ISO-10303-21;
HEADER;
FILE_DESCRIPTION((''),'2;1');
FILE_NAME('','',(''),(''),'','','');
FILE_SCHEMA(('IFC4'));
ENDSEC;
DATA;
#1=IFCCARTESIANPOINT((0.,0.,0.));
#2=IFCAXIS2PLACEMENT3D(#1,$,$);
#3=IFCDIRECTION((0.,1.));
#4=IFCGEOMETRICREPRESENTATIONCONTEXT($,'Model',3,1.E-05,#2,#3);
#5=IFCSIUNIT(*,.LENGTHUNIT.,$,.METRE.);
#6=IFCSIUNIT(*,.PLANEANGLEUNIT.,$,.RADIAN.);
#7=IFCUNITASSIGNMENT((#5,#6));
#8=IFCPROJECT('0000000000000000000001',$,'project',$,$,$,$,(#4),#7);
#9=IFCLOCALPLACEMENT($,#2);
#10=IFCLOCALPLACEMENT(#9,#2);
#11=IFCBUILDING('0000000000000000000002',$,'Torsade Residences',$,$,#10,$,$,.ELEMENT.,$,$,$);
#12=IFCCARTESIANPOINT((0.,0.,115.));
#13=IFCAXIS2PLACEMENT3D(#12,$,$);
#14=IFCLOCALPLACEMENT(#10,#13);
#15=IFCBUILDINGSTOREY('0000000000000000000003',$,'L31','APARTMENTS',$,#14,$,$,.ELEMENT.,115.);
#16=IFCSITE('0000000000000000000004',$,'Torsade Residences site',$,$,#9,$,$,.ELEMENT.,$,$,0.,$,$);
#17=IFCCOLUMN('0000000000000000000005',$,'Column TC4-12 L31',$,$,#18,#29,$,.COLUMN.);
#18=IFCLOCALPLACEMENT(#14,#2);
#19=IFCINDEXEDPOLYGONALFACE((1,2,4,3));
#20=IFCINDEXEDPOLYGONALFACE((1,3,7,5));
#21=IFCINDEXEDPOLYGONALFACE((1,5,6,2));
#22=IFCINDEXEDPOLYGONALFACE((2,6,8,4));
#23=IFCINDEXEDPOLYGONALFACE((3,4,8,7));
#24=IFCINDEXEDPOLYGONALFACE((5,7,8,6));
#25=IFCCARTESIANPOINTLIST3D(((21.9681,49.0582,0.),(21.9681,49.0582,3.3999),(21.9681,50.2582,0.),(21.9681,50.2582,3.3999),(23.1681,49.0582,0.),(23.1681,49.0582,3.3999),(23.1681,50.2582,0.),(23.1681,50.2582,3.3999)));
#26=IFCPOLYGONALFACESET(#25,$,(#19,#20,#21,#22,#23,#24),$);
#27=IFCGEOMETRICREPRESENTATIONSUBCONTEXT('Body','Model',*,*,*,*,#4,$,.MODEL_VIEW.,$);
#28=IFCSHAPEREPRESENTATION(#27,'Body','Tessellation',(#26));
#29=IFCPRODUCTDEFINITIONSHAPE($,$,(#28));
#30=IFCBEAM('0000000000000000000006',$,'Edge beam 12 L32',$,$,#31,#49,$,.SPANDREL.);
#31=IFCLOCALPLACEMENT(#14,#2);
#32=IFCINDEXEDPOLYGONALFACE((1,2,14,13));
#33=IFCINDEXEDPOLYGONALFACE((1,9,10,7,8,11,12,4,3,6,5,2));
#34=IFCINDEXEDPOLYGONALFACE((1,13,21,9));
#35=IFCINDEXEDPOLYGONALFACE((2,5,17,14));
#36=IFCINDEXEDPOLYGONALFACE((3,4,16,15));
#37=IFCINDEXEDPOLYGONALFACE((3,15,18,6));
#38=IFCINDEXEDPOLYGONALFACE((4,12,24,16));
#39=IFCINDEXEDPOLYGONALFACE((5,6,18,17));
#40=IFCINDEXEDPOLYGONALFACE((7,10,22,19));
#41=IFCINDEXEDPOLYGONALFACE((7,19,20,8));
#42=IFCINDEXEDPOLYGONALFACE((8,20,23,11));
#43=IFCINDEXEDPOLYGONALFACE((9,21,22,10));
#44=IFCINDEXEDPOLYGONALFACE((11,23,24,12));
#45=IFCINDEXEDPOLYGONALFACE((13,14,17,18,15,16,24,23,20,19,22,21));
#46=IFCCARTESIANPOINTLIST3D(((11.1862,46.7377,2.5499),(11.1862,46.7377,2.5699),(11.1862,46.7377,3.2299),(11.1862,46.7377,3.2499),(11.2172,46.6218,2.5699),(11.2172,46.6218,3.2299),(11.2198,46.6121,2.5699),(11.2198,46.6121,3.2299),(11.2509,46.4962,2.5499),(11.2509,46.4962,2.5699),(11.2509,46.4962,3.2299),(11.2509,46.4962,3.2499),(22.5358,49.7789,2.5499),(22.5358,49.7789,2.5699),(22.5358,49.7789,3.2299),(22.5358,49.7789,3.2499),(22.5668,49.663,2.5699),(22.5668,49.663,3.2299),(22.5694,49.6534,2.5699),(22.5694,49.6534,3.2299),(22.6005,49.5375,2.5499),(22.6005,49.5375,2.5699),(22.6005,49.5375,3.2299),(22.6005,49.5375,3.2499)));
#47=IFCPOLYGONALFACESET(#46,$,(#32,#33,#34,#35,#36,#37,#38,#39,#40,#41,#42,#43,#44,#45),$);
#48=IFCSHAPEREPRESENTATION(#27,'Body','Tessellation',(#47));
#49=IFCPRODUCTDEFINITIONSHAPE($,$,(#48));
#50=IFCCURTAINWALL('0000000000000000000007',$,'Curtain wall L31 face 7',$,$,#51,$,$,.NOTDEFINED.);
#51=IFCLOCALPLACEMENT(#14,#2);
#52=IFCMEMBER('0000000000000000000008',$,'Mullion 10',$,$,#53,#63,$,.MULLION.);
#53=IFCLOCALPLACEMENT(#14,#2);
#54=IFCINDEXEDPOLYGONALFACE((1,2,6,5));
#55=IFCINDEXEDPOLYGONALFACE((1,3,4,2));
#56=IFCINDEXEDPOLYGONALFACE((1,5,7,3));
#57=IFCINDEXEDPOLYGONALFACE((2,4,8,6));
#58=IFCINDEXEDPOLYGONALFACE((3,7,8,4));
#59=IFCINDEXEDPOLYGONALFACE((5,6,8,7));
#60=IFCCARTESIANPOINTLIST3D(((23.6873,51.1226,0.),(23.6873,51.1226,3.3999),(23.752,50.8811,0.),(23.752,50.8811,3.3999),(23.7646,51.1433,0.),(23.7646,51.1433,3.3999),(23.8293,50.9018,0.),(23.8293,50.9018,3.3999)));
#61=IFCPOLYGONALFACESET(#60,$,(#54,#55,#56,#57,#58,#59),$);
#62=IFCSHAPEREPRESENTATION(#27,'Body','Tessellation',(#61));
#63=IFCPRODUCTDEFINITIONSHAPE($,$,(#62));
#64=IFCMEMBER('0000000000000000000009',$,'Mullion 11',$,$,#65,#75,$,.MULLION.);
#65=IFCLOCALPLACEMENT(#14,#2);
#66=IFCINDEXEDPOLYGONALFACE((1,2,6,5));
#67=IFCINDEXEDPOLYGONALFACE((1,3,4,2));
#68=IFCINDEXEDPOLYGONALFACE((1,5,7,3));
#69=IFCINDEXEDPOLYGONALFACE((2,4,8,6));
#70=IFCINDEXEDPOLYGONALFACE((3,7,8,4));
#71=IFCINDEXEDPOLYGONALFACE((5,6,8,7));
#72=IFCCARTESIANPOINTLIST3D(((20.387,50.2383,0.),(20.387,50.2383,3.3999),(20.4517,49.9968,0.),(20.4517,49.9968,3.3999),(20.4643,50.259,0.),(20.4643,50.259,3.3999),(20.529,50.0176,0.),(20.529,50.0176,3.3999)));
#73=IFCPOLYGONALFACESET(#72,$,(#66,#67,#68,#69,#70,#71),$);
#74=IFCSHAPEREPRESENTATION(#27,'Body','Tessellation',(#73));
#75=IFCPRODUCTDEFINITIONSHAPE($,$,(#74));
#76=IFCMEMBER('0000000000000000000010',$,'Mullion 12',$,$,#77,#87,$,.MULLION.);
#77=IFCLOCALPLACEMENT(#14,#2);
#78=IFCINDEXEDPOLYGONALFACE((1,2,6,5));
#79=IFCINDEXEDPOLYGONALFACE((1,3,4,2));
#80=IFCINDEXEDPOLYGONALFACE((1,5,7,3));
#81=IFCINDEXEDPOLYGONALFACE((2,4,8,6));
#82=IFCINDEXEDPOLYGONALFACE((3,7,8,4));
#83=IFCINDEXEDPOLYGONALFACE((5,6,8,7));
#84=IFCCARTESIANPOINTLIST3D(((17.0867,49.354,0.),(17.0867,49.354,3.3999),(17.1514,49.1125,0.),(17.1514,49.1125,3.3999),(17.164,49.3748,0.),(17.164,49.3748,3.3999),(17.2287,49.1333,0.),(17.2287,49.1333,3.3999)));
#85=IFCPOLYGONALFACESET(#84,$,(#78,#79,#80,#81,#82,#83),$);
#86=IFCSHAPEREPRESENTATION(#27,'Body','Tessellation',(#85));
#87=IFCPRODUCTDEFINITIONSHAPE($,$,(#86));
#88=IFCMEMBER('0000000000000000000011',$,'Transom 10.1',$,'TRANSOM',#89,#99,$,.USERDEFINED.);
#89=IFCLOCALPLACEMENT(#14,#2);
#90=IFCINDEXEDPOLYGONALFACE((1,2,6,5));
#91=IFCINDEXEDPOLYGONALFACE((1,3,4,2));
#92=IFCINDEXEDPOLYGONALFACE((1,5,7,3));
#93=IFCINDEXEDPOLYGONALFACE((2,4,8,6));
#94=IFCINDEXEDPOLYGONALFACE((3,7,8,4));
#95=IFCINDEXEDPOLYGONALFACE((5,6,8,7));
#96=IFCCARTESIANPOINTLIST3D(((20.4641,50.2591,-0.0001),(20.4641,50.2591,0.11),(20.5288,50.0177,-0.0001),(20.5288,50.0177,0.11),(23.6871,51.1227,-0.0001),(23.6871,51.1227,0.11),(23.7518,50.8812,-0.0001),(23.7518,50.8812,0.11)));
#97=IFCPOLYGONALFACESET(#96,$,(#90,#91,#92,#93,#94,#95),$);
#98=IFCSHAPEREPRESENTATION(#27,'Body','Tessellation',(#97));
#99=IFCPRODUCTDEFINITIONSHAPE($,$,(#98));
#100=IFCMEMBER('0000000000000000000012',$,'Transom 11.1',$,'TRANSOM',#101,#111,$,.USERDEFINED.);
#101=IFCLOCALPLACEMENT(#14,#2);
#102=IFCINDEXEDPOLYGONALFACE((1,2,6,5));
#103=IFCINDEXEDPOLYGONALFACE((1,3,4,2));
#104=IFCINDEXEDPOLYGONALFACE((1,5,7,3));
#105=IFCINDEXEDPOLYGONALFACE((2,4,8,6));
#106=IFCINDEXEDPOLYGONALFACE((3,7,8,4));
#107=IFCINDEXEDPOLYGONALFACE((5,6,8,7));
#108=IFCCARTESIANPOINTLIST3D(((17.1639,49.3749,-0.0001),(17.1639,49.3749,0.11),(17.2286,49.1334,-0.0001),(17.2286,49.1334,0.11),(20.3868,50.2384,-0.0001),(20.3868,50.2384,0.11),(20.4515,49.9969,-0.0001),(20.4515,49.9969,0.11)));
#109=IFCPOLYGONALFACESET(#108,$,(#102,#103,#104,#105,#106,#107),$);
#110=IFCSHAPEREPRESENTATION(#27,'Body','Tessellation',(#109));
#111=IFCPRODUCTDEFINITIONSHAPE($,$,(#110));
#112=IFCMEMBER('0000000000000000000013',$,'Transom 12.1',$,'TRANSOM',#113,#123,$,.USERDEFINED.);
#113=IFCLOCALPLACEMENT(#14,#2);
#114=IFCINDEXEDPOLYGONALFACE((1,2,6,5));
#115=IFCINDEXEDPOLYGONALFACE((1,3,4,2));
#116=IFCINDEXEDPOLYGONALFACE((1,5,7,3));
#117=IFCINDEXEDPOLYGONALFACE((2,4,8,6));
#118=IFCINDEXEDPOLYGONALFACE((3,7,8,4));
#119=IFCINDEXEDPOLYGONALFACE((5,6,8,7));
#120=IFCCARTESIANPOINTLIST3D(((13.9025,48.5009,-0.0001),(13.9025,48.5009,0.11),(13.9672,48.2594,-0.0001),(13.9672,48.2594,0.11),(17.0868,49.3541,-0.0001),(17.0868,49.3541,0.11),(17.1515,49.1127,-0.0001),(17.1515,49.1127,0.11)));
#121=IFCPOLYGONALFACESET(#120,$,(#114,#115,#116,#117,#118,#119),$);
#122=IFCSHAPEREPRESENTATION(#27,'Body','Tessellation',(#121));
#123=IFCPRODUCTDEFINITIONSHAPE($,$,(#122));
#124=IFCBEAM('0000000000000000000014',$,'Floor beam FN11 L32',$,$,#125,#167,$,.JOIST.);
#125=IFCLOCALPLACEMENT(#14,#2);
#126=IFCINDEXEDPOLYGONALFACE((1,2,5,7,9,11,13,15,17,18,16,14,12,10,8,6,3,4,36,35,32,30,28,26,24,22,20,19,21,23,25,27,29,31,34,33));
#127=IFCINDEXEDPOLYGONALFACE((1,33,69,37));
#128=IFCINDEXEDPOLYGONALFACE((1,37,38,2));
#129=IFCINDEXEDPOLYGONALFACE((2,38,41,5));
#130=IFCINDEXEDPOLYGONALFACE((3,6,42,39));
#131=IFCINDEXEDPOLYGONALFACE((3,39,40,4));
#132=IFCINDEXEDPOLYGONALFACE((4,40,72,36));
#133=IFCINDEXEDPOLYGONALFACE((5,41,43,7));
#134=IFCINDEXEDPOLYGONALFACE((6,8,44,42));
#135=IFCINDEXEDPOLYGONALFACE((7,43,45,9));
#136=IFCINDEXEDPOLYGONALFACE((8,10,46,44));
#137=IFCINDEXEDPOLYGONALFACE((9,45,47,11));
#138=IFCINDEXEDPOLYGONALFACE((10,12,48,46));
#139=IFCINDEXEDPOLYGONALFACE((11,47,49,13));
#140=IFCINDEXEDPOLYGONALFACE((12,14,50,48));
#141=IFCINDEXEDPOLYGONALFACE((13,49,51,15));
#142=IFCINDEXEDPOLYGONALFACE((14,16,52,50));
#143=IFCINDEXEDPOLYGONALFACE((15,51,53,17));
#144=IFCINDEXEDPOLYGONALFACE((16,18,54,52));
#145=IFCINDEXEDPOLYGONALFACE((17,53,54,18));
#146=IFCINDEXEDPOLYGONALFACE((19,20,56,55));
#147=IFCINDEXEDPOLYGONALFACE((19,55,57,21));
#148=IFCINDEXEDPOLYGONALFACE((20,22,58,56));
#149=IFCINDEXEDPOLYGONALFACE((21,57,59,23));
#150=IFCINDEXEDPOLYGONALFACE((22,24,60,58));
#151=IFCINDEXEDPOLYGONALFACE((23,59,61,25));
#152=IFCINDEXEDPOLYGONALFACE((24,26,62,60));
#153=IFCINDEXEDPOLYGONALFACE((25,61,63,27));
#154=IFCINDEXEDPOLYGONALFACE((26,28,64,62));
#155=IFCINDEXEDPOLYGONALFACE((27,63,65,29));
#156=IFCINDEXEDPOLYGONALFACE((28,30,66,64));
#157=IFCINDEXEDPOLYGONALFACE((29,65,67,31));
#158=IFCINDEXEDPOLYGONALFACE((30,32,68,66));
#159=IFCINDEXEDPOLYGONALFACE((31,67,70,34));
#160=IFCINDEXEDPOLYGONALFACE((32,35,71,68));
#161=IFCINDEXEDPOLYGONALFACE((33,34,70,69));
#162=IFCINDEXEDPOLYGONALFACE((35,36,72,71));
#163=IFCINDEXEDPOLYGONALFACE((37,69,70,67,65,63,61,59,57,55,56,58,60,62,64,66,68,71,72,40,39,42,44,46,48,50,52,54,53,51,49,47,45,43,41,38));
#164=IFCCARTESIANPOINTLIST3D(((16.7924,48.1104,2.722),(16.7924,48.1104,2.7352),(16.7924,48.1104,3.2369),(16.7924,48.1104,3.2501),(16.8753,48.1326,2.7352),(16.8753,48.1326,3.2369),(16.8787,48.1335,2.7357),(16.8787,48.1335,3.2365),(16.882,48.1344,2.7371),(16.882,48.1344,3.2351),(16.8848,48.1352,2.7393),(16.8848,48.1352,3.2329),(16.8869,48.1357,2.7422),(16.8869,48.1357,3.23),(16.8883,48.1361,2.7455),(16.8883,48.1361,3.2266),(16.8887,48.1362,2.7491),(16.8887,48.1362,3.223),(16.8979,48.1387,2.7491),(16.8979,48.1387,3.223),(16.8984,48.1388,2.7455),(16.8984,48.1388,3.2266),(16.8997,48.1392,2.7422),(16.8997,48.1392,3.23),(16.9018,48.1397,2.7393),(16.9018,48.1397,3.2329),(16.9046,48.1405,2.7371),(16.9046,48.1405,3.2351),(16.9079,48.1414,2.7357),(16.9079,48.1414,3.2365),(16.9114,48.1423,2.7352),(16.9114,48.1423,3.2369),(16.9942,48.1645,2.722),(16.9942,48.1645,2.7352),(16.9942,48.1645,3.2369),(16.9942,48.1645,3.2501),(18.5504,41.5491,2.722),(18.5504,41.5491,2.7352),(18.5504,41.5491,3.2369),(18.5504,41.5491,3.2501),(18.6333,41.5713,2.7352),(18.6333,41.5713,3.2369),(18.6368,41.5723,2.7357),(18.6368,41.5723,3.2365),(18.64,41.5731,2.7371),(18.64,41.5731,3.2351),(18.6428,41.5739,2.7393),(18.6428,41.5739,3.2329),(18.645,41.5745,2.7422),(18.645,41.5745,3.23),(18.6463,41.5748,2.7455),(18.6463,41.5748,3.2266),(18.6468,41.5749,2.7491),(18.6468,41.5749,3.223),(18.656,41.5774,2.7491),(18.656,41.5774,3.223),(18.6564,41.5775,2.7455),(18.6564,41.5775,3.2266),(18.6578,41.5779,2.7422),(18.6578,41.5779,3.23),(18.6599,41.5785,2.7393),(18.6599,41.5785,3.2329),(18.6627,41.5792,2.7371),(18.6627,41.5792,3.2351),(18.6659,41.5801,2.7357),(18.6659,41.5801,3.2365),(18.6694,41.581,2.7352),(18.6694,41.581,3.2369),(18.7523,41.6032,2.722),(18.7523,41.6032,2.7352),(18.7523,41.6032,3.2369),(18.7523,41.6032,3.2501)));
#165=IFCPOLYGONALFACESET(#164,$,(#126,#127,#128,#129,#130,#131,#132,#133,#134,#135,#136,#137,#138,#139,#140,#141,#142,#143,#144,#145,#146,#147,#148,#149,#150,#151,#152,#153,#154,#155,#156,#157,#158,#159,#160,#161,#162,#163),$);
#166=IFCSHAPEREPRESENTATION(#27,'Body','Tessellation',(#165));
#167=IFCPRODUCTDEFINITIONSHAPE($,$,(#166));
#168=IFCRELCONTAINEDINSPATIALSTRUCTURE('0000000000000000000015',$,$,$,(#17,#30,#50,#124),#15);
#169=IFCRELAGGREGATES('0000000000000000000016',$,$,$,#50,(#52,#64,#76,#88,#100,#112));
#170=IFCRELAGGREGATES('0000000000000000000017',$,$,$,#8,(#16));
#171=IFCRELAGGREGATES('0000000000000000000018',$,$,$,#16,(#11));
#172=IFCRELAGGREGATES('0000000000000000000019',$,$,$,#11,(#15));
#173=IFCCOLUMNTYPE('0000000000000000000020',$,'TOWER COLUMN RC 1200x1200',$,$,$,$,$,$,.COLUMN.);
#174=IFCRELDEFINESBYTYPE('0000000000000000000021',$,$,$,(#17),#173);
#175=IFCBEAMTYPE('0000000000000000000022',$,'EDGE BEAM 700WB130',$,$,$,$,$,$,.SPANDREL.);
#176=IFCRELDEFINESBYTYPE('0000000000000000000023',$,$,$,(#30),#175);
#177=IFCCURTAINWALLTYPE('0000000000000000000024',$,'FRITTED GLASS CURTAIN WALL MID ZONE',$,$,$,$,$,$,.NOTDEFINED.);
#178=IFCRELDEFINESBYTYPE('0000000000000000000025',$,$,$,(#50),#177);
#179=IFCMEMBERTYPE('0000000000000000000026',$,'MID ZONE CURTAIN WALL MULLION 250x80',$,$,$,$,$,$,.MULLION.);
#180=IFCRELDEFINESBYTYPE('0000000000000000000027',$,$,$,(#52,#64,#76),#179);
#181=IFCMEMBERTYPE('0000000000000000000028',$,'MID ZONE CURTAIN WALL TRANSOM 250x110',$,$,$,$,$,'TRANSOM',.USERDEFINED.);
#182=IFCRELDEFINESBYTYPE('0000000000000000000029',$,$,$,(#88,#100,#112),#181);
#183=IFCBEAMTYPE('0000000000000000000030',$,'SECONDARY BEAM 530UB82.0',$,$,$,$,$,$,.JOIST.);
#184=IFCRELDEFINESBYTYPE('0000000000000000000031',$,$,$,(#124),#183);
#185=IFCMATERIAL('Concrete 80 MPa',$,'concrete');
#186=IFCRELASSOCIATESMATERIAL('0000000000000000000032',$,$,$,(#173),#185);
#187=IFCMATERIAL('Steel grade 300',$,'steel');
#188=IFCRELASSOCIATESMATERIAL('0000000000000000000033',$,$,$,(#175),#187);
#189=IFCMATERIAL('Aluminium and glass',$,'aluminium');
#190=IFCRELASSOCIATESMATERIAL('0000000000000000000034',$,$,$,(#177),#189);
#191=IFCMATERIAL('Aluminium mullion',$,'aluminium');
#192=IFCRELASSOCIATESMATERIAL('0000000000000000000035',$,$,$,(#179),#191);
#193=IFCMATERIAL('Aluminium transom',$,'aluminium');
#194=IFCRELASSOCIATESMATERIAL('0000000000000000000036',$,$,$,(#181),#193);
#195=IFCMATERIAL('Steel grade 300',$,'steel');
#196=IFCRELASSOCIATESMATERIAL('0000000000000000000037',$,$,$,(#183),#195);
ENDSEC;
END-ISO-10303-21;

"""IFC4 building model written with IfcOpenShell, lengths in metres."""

from ifc_helpers import new_model, si_unit, direction, frame, origin, origin_2d, place, context, subcontext, project, spatial, rectangle, i_section, extrude, material, material_profile, profile_set, type_object, element, aggregate, save


model = new_model("IFC4")

# Units and contexts
model_context = context("Model", 3, precision=1e-05, world=origin(), true_north=direction((0.0, 1.0)))
body_context = subcontext(model_context, "Body", "Model", "MODEL_VIEW")
ifc_project = project(units=[si_unit("LENGTHUNIT", "METRE"), si_unit("PLANEANGLEUNIT", "RADIAN")], contexts=[model_context])

# Site, building, storey
site_placement = place(None, origin())
site = spatial("IfcSite", under=ifc_project, at=site_placement, Name="Torsade Residences site", CompositionType="ELEMENT", RefElevation=0.0)
building_placement = place(site_placement, origin())
building = spatial("IfcBuilding", under=site, at=building_placement, Name="Torsade Residences", CompositionType="ELEMENT")
storey_placement = place(building_placement, frame((0.0, 0.0, 115.0)))
storey = spatial("IfcBuildingStorey", under=building, at=storey_placement, Name="L31", Description="APARTMENTS", CompositionType="ELEMENT", Elevation=115.0)

# Column
ifc_material_1 = material(Name="Concrete 80 MPa", Category="concrete")
ifc_material_profile_1 = material_profile(ifc_material_1, rectangle(XDim=1.2, YDim=1.2, at=origin_2d()), Name="RC 1200x1200")
ifc_profile_set_1 = profile_set([ifc_material_profile_1], Name="Concrete 80 MPa")
column_type = type_object("IfcColumnType", Name="TOWER COLUMN RC 1200x1200", PredefinedType="COLUMN", material=ifc_profile_set_1)
column_placement = place(storey_placement, frame((22.5681, 49.6582, 0.0), z_axis=(0.0, 0.0, 1.0), x_axis=(1.0, 0.0, 0.0)))
element("IfcColumn", 1, at=column_placement, inside=storey, type_object=column_type, Name="Column TC4-12 L31", PredefinedType="COLUMN", context=body_context, shape_type="SweptSolid", body=[
    extrude(rectangle(XDim=1.2, YDim=1.2, at=origin_2d()), origin(), (0.0, 0.0, 1.0), 3.3999),
])

# Beam
ifc_material_2 = material(Name="Steel grade 300", Category="steel")
ifc_material_profile_2 = material_profile(ifc_material_2, i_section(OverallWidth=0.25, OverallDepth=0.7, WebThickness=0.01, FlangeThickness=0.02, at=origin_2d()), Name="700WB130")
ifc_profile_set_2 = profile_set([ifc_material_profile_2], Name="Steel grade 300")
beam_type_1 = type_object("IfcBeamType", Name="EDGE BEAM 700WB130", PredefinedType="SPANDREL", material=ifc_profile_set_2)
beam_1_placement = place(storey_placement, frame((22.5681, 49.6582, 2.8999), z_axis=(-0.965923, -0.25883, 0.0), x_axis=(0.25883, -0.965923, 0.0)))
element("IfcBeam", 2, at=beam_1_placement, inside=storey, type_object=beam_type_1, Name="Edge beam 12 L32", PredefinedType="SPANDREL", context=body_context, shape_type="SweptSolid", body=[
    extrude(i_section(OverallWidth=0.25, OverallDepth=0.7, WebThickness=0.01, FlangeThickness=0.02, at=origin_2d()), origin(), (0.0, 0.0, 1.0), 11.75),
])

# Curtain wall, members
ifc_material_3 = material(Name="Aluminium and glass", Category="aluminium")
curtain_wall_type = type_object("IfcCurtainWallType", Name="FRITTED GLASS CURTAIN WALL MID ZONE", PredefinedType="NOTDEFINED", material=ifc_material_3)
curtain_wall_placement = place(storey_placement, origin())
curtain_wall = element("IfcCurtainWall", 3, at=curtain_wall_placement, inside=storey, type_object=curtain_wall_type, Name="Curtain wall L31 face 7", PredefinedType="NOTDEFINED")
ifc_material_4 = material(Name="Aluminium mullion", Category="aluminium")
ifc_material_profile_3 = material_profile(ifc_material_4, rectangle(XDim=0.25, YDim=0.0801, at=origin_2d()), Name="MID ZONE CURTAIN WALL MULLION 250x80")
ifc_profile_set_3 = profile_set([ifc_material_profile_3], Name="Aluminium mullion")
member_type_1 = type_object("IfcMemberType", Name="MID ZONE CURTAIN WALL MULLION 250x80", PredefinedType="MULLION", material=ifc_profile_set_3)
member_1_placement = place(storey_placement, frame((23.7583, 51.0122, 0.0), z_axis=(0.0, 0.0, 1.0), x_axis=(0.258819, -0.965926, 0.0)))
member_1 = element("IfcMember", 4, at=member_1_placement, type_object=member_type_1, Name="Mullion 10", PredefinedType="MULLION", context=body_context, shape_type="SweptSolid", body=[
    extrude(rectangle(XDim=0.25, YDim=0.0801, at=origin_2d()), origin(), (0.0, 0.0, 1.0), 3.3999),
])
member_2_placement = place(storey_placement, frame((20.458, 50.1279, 0.0), z_axis=(0.0, 0.0, 1.0), x_axis=(0.258819, -0.965926, 0.0)))
member_2 = element("IfcMember", 5, at=member_2_placement, type_object=member_type_1, Name="Mullion 11", PredefinedType="MULLION", context=body_context, shape_type="SweptSolid", body=[
    extrude(rectangle(XDim=0.25, YDim=0.0801, at=origin_2d()), origin(), (0.0, 0.0, 1.0), 3.3999),
])
member_3_placement = place(storey_placement, frame((17.1577, 49.2437, 0.0), z_axis=(0.0, 0.0, 1.0), x_axis=(0.258819, -0.965926, 0.0)))
member_3 = element("IfcMember", 6, at=member_3_placement, type_object=member_type_1, Name="Mullion 12", PredefinedType="MULLION", context=body_context, shape_type="SweptSolid", body=[
    extrude(rectangle(XDim=0.25, YDim=0.0801, at=origin_2d()), origin(), (0.0, 0.0, 1.0), 3.3999),
])
ifc_material_5 = material(Name="Aluminium transom", Category="aluminium")
ifc_material_profile_4 = material_profile(ifc_material_5, rectangle(XDim=0.25, YDim=0.1101, at=origin_2d()), Name="MID ZONE CURTAIN WALL TRANSOM 250x110")
ifc_profile_set_4 = profile_set([ifc_material_profile_4], Name="Aluminium transom")
member_type_2 = type_object("IfcMemberType", Name="MID ZONE CURTAIN WALL TRANSOM 250x110", ElementType="TRANSOM", PredefinedType="USERDEFINED", material=ifc_profile_set_4)
member_4_placement = place(storey_placement, frame((23.7195, 51.002, 0.0549), z_axis=(-0.965929, -0.258806, 0.0), x_axis=(0.258806, -0.965929, 0.0)))
member_4 = element("IfcMember", 7, at=member_4_placement, type_object=member_type_2, Name="Transom 10.1", ObjectType="TRANSOM", PredefinedType="USERDEFINED", context=body_context, shape_type="SweptSolid", body=[
    extrude(rectangle(XDim=0.25, YDim=0.1101, at=origin_2d()), origin(), (0.0, 0.0, 1.0), 3.3367),
])
member_5_placement = place(storey_placement, frame((20.4192, 50.1177, 0.0549), z_axis=(-0.965929, -0.258806, 0.0), x_axis=(0.258806, -0.965929, 0.0)))
member_5 = element("IfcMember", 8, at=member_5_placement, type_object=member_type_2, Name="Transom 11.1", ObjectType="TRANSOM", PredefinedType="USERDEFINED", context=body_context, shape_type="SweptSolid", body=[
    extrude(rectangle(XDim=0.25, YDim=0.1101, at=origin_2d()), origin(), (0.0, 0.0, 1.0), 3.3367),
])
member_6_placement = place(storey_placement, frame((17.1191, 49.2334, 0.0549), z_axis=(-0.965923, -0.258829, 0.0), x_axis=(0.258829, -0.965923, 0.0)))
member_6 = element("IfcMember", 9, at=member_6_placement, type_object=member_type_2, Name="Transom 12.1", ObjectType="TRANSOM", PredefinedType="USERDEFINED", context=body_context, shape_type="SweptSolid", body=[
    extrude(rectangle(XDim=0.25, YDim=0.1101, at=origin_2d()), origin(), (0.0, 0.0, 1.0), 3.2966),
])

# Beam
ifc_material_6 = material(Name="Steel grade 300", Category="steel")
ifc_material_profile_5 = material_profile(ifc_material_6, i_section(OverallWidth=0.209, OverallDepth=0.5281, WebThickness=0.0095, FlangeThickness=0.0132, FilletRadius=0.0139, at=origin_2d()), Name="530UB82.0")
ifc_profile_set_5 = profile_set([ifc_material_profile_5], Name="Steel grade 300")
beam_type_2 = type_object("IfcBeamType", Name="SECONDARY BEAM 530UB82.0", PredefinedType="JOIST", material=ifc_profile_set_5)
beam_2_placement = place(storey_placement, frame((16.8933, 48.1375, 2.9861), z_axis=(0.258815, -0.965927, 0.0), x_axis=(0.965927, 0.258815, 0.0)))
element("IfcBeam", 10, at=beam_2_placement, inside=storey, type_object=beam_type_2, Name="Floor beam FN11 L32", PredefinedType="JOIST", context=body_context, shape_type="SweptSolid", body=[
    extrude(i_section(OverallWidth=0.209, OverallDepth=0.5281, WebThickness=0.0095, FlangeThickness=0.0132, FilletRadius=0.0139, at=origin_2d()), origin(), (0.0, 0.0, 1.0), 6.7927),
])

aggregate(curtain_wall, [member_1, member_2, member_3, member_4, member_5, member_6])

save(model, "model.ifc")
